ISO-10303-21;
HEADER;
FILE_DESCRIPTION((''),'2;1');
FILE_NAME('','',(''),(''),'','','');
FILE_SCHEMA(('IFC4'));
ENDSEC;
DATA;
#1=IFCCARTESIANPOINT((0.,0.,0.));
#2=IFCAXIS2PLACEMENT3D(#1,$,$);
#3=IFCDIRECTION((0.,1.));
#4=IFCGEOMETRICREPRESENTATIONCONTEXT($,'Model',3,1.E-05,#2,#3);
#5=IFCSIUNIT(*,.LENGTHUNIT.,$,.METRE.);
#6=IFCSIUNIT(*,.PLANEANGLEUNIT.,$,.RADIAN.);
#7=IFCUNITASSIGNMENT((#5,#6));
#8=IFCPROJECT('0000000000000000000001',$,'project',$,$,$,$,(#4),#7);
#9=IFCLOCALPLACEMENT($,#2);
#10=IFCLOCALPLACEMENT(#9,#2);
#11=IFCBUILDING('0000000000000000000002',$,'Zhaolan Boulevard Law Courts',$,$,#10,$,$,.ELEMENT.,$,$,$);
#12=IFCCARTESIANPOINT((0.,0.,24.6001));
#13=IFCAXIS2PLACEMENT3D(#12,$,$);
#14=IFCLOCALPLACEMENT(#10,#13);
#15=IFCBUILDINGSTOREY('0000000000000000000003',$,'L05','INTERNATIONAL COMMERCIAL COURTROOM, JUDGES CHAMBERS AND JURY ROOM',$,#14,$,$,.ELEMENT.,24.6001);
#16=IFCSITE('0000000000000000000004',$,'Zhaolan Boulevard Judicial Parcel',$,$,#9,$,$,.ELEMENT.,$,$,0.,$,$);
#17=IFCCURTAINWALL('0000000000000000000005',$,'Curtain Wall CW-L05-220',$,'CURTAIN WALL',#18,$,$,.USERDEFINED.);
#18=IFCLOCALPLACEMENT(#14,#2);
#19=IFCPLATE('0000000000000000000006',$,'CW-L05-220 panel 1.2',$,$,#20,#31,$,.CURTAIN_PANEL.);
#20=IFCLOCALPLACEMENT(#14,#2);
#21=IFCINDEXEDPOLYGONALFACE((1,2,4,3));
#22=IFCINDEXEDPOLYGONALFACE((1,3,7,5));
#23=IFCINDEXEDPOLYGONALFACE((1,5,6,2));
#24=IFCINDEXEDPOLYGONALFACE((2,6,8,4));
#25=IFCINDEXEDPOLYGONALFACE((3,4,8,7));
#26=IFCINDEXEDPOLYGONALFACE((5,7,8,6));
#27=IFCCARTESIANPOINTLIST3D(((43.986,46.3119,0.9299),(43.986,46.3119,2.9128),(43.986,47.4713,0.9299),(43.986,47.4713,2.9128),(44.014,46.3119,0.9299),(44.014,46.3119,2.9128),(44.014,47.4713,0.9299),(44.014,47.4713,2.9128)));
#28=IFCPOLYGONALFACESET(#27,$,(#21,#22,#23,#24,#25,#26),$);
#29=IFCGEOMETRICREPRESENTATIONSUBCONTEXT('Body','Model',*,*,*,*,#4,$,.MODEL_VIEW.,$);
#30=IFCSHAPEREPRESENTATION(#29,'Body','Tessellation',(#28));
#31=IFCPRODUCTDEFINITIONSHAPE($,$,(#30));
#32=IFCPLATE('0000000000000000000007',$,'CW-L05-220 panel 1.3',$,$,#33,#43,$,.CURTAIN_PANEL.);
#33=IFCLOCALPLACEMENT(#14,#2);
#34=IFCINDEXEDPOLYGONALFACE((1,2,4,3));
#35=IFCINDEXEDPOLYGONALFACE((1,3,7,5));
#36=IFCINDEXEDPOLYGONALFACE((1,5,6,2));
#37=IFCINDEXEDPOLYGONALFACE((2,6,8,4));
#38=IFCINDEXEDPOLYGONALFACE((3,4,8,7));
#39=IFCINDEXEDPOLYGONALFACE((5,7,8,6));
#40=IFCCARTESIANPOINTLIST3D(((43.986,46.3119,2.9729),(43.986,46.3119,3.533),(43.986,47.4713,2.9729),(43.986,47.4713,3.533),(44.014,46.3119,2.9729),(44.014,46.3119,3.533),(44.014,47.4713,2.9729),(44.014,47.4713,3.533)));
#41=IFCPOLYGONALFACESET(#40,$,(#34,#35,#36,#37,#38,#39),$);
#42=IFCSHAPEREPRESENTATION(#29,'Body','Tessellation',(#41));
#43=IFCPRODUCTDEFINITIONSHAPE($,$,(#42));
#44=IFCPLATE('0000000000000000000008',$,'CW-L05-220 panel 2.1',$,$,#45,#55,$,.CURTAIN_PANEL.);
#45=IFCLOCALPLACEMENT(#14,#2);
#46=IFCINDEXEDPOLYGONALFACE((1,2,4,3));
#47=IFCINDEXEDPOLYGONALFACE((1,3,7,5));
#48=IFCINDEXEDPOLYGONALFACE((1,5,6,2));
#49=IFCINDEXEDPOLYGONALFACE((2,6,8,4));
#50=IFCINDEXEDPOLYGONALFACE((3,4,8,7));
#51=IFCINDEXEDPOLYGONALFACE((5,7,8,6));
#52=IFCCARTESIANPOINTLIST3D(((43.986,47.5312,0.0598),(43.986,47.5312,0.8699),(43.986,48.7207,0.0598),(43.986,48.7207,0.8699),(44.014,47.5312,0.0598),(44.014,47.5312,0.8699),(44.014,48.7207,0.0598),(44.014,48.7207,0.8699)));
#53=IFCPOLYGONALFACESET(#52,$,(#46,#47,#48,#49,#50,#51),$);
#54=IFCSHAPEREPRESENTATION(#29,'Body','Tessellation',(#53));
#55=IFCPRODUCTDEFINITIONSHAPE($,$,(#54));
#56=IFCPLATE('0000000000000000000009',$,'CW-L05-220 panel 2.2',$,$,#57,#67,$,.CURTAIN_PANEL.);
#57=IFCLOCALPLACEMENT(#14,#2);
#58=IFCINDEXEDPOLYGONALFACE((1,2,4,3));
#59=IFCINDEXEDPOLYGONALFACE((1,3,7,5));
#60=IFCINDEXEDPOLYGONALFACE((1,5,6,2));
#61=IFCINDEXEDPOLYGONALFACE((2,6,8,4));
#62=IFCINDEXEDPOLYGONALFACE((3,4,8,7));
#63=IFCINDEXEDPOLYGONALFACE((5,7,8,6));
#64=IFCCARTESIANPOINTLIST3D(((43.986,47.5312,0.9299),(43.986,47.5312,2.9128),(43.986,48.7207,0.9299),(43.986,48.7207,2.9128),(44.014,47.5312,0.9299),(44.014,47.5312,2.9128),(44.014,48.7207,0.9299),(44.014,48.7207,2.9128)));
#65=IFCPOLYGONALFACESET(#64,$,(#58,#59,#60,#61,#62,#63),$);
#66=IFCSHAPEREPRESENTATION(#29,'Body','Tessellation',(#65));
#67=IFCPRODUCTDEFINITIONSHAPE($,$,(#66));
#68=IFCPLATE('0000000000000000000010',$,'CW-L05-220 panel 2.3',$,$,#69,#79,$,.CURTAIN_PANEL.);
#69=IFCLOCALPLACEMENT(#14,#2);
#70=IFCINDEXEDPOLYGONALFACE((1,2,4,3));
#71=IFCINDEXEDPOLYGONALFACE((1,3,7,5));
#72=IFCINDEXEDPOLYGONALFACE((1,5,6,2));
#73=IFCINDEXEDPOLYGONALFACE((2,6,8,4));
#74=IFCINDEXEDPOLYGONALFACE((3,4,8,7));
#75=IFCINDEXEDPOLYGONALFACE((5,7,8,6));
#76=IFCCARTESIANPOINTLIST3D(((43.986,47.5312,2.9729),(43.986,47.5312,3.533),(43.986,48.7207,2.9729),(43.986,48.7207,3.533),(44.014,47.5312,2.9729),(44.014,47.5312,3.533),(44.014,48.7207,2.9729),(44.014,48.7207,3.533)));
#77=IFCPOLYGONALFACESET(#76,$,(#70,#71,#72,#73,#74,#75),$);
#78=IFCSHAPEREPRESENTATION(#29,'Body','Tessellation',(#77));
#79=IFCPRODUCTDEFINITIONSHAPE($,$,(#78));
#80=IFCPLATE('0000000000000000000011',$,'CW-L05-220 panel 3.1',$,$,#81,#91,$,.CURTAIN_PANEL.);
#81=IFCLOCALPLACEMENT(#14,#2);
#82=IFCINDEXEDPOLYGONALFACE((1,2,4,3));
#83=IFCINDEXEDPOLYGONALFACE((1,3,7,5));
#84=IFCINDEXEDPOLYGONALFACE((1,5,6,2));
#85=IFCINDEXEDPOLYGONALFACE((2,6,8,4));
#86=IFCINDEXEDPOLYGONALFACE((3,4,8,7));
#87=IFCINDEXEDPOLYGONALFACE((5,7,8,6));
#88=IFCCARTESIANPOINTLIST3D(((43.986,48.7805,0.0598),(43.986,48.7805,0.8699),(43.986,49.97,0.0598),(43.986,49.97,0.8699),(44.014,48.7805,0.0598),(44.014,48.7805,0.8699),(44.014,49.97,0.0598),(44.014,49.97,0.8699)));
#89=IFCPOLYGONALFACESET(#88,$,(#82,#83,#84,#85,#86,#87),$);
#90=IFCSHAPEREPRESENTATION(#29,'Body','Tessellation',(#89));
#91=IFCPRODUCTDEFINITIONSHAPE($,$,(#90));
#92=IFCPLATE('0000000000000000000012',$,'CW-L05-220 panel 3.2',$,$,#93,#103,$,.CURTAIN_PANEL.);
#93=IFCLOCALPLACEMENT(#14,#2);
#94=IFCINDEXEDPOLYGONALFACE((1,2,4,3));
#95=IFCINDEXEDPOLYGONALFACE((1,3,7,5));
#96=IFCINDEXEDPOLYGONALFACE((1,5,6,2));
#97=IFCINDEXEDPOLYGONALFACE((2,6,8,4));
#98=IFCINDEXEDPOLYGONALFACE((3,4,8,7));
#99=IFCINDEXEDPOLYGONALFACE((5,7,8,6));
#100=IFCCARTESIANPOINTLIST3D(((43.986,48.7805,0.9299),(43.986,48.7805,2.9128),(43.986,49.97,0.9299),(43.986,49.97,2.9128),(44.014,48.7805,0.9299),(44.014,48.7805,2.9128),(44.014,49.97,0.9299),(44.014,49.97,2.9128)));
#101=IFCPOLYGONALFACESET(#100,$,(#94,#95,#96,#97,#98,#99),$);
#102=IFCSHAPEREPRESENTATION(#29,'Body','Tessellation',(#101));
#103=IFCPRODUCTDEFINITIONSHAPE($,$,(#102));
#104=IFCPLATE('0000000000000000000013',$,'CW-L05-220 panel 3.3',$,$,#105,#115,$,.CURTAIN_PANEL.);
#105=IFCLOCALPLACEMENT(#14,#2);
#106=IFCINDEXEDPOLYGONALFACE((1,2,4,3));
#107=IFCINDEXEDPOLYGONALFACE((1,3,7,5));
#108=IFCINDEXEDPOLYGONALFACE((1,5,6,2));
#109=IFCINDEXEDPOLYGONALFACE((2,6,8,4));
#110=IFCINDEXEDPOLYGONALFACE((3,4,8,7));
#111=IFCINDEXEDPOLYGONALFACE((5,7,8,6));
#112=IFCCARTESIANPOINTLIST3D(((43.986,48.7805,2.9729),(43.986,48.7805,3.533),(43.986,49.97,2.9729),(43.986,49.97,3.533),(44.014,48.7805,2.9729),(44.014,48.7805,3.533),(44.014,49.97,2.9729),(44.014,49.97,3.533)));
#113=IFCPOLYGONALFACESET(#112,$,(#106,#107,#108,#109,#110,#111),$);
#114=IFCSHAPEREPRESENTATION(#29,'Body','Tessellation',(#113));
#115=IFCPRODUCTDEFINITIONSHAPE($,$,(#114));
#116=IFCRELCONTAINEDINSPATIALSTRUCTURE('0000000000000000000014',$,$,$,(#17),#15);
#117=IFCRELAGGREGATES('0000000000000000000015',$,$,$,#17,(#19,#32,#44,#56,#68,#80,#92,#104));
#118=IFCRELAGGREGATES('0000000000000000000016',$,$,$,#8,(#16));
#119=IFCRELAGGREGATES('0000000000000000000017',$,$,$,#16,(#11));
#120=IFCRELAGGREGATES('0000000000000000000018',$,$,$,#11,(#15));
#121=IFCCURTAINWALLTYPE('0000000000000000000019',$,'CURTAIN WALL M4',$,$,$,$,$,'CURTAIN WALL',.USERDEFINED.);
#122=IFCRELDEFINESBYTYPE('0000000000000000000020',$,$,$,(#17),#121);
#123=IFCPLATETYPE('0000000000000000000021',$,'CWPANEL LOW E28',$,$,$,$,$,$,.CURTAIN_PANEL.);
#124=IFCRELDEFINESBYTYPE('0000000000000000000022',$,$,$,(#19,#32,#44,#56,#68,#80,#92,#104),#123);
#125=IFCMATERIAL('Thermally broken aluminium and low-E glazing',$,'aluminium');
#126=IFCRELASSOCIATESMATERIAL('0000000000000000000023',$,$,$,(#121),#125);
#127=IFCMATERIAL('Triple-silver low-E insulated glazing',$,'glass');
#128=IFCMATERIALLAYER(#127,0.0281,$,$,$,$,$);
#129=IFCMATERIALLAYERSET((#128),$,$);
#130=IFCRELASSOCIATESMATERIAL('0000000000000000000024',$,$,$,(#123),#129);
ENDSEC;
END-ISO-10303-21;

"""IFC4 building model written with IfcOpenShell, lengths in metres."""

from ifc_helpers import new_model, si_unit, direction, frame, origin, origin_2d, place, context, subcontext, project, spatial, rectangle, extrude, material, layer, layer_set, type_object, element, aggregate, save


model = new_model("IFC4")

# Units and contexts
model_context = context("Model", 3, precision=1e-05, world=origin(), true_north=direction((0.0, 1.0)))
body_context = subcontext(model_context, "Body", "Model", "MODEL_VIEW")
ifc_project = project(units=[si_unit("LENGTHUNIT", "METRE"), si_unit("PLANEANGLEUNIT", "RADIAN")], contexts=[model_context])

# Site, building, storey
site_placement = place(None, origin())
site = spatial("IfcSite", under=ifc_project, at=site_placement, Name="Zhaolan Boulevard Judicial Parcel", CompositionType="ELEMENT", RefElevation=0.0)
building_placement = place(site_placement, origin())
building = spatial("IfcBuilding", under=site, at=building_placement, Name="Zhaolan Boulevard Law Courts", CompositionType="ELEMENT")
storey_placement = place(building_placement, frame((0.0, 0.0, 24.6001)))
storey = spatial("IfcBuildingStorey", under=building, at=storey_placement, Name="L05", Description="INTERNATIONAL COMMERCIAL COURTROOM, JUDGES CHAMBERS AND JURY ROOM", CompositionType="ELEMENT", Elevation=24.6001)

# Curtain wall, plates
ifc_material_1 = material(Name="Thermally broken aluminium and low-E glazing", Category="aluminium")
curtain_wall_type = type_object("IfcCurtainWallType", Name="CURTAIN WALL M4", ElementType="CURTAIN WALL", PredefinedType="USERDEFINED", material=ifc_material_1)
curtain_wall_placement = place(storey_placement, origin())
curtain_wall = element("IfcCurtainWall", 1, at=curtain_wall_placement, inside=storey, type_object=curtain_wall_type, Name="Curtain Wall CW-L05-220", ObjectType="CURTAIN WALL", PredefinedType="USERDEFINED")
ifc_material_2 = material(Name="Triple-silver low-E insulated glazing", Category="glass")
ifc_layer = layer(ifc_material_2, 0.0281)
ifc_layer_set = layer_set([ifc_layer])
plate_type = type_object("IfcPlateType", Name="CWPANEL LOW E28", PredefinedType="CURTAIN_PANEL", material=ifc_layer_set)
plate_1_placement = place(storey_placement, frame((44.0, 46.8916, 0.9299), z_axis=(0.0, 0.0, 1.0), x_axis=(0.0, 1.0, 0.0)))
plate_1 = element("IfcPlate", 2, at=plate_1_placement, type_object=plate_type, Name="CW-L05-220 panel 1.2", PredefinedType="CURTAIN_PANEL", context=body_context, shape_type="SweptSolid", body=[
    extrude(rectangle(XDim=1.1594, YDim=0.0281, at=origin_2d()), origin(), (0.0, 0.0, 1.0), 1.9829),
])
plate_2_placement = place(storey_placement, frame((44.0, 46.8916, 2.9729), z_axis=(0.0, 0.0, 1.0), x_axis=(0.0, 1.0, 0.0)))
plate_2 = element("IfcPlate", 3, at=plate_2_placement, type_object=plate_type, Name="CW-L05-220 panel 1.3", PredefinedType="CURTAIN_PANEL", context=body_context, shape_type="SweptSolid", body=[
    extrude(rectangle(XDim=1.1594, YDim=0.0281, at=origin_2d()), origin(), (0.0, 0.0, 1.0), 0.5601),
])
plate_3_placement = place(storey_placement, frame((44.0, 48.126, 0.0598), z_axis=(0.0, 0.0, 1.0), x_axis=(0.0, 1.0, 0.0)))
plate_3 = element("IfcPlate", 4, at=plate_3_placement, type_object=plate_type, Name="CW-L05-220 panel 2.1", PredefinedType="CURTAIN_PANEL", context=body_context, shape_type="SweptSolid", body=[
    extrude(rectangle(XDim=1.1895, YDim=0.0281, at=origin_2d()), origin(), (0.0, 0.0, 1.0), 0.8101),
])
plate_4_placement = place(storey_placement, frame((44.0, 48.126, 0.9299), z_axis=(0.0, 0.0, 1.0), x_axis=(0.0, 1.0, 0.0)))
plate_4 = element("IfcPlate", 5, at=plate_4_placement, type_object=plate_type, Name="CW-L05-220 panel 2.2", PredefinedType="CURTAIN_PANEL", context=body_context, shape_type="SweptSolid", body=[
    extrude(rectangle(XDim=1.1895, YDim=0.0281, at=origin_2d()), origin(), (0.0, 0.0, 1.0), 1.9829),
])
plate_5_placement = place(storey_placement, frame((44.0, 48.126, 2.9729), z_axis=(0.0, 0.0, 1.0), x_axis=(0.0, 1.0, 0.0)))
plate_5 = element("IfcPlate", 6, at=plate_5_placement, type_object=plate_type, Name="CW-L05-220 panel 2.3", PredefinedType="CURTAIN_PANEL", context=body_context, shape_type="SweptSolid", body=[
    extrude(rectangle(XDim=1.1895, YDim=0.0281, at=origin_2d()), origin(), (0.0, 0.0, 1.0), 0.5601),
])
plate_6_placement = place(storey_placement, frame((44.0, 49.3752, 0.0598), z_axis=(0.0, 0.0, 1.0), x_axis=(0.0, 1.0, 0.0)))
plate_6 = element("IfcPlate", 7, at=plate_6_placement, type_object=plate_type, Name="CW-L05-220 panel 3.1", PredefinedType="CURTAIN_PANEL", context=body_context, shape_type="SweptSolid", body=[
    extrude(rectangle(XDim=1.1895, YDim=0.0281, at=origin_2d()), origin(), (0.0, 0.0, 1.0), 0.8101),
])
plate_7_placement = place(storey_placement, frame((44.0, 49.3752, 0.9299), z_axis=(0.0, 0.0, 1.0), x_axis=(0.0, 1.0, 0.0)))
plate_7 = element("IfcPlate", 8, at=plate_7_placement, type_object=plate_type, Name="CW-L05-220 panel 3.2", PredefinedType="CURTAIN_PANEL", context=body_context, shape_type="SweptSolid", body=[
    extrude(rectangle(XDim=1.1895, YDim=0.0281, at=origin_2d()), origin(), (0.0, 0.0, 1.0), 1.9829),
])
plate_8_placement = place(storey_placement, frame((44.0, 49.3752, 2.9729), z_axis=(0.0, 0.0, 1.0), x_axis=(0.0, 1.0, 0.0)))
plate_8 = element("IfcPlate", 9, at=plate_8_placement, type_object=plate_type, Name="CW-L05-220 panel 3.3", PredefinedType="CURTAIN_PANEL", context=body_context, shape_type="SweptSolid", body=[
    extrude(rectangle(XDim=1.1895, YDim=0.0281, at=origin_2d()), origin(), (0.0, 0.0, 1.0), 0.5601),
])
aggregate(curtain_wall, [plate_1, plate_2, plate_3, plate_4, plate_5, plate_6, plate_7, plate_8])

save(model, "model.ifc")
